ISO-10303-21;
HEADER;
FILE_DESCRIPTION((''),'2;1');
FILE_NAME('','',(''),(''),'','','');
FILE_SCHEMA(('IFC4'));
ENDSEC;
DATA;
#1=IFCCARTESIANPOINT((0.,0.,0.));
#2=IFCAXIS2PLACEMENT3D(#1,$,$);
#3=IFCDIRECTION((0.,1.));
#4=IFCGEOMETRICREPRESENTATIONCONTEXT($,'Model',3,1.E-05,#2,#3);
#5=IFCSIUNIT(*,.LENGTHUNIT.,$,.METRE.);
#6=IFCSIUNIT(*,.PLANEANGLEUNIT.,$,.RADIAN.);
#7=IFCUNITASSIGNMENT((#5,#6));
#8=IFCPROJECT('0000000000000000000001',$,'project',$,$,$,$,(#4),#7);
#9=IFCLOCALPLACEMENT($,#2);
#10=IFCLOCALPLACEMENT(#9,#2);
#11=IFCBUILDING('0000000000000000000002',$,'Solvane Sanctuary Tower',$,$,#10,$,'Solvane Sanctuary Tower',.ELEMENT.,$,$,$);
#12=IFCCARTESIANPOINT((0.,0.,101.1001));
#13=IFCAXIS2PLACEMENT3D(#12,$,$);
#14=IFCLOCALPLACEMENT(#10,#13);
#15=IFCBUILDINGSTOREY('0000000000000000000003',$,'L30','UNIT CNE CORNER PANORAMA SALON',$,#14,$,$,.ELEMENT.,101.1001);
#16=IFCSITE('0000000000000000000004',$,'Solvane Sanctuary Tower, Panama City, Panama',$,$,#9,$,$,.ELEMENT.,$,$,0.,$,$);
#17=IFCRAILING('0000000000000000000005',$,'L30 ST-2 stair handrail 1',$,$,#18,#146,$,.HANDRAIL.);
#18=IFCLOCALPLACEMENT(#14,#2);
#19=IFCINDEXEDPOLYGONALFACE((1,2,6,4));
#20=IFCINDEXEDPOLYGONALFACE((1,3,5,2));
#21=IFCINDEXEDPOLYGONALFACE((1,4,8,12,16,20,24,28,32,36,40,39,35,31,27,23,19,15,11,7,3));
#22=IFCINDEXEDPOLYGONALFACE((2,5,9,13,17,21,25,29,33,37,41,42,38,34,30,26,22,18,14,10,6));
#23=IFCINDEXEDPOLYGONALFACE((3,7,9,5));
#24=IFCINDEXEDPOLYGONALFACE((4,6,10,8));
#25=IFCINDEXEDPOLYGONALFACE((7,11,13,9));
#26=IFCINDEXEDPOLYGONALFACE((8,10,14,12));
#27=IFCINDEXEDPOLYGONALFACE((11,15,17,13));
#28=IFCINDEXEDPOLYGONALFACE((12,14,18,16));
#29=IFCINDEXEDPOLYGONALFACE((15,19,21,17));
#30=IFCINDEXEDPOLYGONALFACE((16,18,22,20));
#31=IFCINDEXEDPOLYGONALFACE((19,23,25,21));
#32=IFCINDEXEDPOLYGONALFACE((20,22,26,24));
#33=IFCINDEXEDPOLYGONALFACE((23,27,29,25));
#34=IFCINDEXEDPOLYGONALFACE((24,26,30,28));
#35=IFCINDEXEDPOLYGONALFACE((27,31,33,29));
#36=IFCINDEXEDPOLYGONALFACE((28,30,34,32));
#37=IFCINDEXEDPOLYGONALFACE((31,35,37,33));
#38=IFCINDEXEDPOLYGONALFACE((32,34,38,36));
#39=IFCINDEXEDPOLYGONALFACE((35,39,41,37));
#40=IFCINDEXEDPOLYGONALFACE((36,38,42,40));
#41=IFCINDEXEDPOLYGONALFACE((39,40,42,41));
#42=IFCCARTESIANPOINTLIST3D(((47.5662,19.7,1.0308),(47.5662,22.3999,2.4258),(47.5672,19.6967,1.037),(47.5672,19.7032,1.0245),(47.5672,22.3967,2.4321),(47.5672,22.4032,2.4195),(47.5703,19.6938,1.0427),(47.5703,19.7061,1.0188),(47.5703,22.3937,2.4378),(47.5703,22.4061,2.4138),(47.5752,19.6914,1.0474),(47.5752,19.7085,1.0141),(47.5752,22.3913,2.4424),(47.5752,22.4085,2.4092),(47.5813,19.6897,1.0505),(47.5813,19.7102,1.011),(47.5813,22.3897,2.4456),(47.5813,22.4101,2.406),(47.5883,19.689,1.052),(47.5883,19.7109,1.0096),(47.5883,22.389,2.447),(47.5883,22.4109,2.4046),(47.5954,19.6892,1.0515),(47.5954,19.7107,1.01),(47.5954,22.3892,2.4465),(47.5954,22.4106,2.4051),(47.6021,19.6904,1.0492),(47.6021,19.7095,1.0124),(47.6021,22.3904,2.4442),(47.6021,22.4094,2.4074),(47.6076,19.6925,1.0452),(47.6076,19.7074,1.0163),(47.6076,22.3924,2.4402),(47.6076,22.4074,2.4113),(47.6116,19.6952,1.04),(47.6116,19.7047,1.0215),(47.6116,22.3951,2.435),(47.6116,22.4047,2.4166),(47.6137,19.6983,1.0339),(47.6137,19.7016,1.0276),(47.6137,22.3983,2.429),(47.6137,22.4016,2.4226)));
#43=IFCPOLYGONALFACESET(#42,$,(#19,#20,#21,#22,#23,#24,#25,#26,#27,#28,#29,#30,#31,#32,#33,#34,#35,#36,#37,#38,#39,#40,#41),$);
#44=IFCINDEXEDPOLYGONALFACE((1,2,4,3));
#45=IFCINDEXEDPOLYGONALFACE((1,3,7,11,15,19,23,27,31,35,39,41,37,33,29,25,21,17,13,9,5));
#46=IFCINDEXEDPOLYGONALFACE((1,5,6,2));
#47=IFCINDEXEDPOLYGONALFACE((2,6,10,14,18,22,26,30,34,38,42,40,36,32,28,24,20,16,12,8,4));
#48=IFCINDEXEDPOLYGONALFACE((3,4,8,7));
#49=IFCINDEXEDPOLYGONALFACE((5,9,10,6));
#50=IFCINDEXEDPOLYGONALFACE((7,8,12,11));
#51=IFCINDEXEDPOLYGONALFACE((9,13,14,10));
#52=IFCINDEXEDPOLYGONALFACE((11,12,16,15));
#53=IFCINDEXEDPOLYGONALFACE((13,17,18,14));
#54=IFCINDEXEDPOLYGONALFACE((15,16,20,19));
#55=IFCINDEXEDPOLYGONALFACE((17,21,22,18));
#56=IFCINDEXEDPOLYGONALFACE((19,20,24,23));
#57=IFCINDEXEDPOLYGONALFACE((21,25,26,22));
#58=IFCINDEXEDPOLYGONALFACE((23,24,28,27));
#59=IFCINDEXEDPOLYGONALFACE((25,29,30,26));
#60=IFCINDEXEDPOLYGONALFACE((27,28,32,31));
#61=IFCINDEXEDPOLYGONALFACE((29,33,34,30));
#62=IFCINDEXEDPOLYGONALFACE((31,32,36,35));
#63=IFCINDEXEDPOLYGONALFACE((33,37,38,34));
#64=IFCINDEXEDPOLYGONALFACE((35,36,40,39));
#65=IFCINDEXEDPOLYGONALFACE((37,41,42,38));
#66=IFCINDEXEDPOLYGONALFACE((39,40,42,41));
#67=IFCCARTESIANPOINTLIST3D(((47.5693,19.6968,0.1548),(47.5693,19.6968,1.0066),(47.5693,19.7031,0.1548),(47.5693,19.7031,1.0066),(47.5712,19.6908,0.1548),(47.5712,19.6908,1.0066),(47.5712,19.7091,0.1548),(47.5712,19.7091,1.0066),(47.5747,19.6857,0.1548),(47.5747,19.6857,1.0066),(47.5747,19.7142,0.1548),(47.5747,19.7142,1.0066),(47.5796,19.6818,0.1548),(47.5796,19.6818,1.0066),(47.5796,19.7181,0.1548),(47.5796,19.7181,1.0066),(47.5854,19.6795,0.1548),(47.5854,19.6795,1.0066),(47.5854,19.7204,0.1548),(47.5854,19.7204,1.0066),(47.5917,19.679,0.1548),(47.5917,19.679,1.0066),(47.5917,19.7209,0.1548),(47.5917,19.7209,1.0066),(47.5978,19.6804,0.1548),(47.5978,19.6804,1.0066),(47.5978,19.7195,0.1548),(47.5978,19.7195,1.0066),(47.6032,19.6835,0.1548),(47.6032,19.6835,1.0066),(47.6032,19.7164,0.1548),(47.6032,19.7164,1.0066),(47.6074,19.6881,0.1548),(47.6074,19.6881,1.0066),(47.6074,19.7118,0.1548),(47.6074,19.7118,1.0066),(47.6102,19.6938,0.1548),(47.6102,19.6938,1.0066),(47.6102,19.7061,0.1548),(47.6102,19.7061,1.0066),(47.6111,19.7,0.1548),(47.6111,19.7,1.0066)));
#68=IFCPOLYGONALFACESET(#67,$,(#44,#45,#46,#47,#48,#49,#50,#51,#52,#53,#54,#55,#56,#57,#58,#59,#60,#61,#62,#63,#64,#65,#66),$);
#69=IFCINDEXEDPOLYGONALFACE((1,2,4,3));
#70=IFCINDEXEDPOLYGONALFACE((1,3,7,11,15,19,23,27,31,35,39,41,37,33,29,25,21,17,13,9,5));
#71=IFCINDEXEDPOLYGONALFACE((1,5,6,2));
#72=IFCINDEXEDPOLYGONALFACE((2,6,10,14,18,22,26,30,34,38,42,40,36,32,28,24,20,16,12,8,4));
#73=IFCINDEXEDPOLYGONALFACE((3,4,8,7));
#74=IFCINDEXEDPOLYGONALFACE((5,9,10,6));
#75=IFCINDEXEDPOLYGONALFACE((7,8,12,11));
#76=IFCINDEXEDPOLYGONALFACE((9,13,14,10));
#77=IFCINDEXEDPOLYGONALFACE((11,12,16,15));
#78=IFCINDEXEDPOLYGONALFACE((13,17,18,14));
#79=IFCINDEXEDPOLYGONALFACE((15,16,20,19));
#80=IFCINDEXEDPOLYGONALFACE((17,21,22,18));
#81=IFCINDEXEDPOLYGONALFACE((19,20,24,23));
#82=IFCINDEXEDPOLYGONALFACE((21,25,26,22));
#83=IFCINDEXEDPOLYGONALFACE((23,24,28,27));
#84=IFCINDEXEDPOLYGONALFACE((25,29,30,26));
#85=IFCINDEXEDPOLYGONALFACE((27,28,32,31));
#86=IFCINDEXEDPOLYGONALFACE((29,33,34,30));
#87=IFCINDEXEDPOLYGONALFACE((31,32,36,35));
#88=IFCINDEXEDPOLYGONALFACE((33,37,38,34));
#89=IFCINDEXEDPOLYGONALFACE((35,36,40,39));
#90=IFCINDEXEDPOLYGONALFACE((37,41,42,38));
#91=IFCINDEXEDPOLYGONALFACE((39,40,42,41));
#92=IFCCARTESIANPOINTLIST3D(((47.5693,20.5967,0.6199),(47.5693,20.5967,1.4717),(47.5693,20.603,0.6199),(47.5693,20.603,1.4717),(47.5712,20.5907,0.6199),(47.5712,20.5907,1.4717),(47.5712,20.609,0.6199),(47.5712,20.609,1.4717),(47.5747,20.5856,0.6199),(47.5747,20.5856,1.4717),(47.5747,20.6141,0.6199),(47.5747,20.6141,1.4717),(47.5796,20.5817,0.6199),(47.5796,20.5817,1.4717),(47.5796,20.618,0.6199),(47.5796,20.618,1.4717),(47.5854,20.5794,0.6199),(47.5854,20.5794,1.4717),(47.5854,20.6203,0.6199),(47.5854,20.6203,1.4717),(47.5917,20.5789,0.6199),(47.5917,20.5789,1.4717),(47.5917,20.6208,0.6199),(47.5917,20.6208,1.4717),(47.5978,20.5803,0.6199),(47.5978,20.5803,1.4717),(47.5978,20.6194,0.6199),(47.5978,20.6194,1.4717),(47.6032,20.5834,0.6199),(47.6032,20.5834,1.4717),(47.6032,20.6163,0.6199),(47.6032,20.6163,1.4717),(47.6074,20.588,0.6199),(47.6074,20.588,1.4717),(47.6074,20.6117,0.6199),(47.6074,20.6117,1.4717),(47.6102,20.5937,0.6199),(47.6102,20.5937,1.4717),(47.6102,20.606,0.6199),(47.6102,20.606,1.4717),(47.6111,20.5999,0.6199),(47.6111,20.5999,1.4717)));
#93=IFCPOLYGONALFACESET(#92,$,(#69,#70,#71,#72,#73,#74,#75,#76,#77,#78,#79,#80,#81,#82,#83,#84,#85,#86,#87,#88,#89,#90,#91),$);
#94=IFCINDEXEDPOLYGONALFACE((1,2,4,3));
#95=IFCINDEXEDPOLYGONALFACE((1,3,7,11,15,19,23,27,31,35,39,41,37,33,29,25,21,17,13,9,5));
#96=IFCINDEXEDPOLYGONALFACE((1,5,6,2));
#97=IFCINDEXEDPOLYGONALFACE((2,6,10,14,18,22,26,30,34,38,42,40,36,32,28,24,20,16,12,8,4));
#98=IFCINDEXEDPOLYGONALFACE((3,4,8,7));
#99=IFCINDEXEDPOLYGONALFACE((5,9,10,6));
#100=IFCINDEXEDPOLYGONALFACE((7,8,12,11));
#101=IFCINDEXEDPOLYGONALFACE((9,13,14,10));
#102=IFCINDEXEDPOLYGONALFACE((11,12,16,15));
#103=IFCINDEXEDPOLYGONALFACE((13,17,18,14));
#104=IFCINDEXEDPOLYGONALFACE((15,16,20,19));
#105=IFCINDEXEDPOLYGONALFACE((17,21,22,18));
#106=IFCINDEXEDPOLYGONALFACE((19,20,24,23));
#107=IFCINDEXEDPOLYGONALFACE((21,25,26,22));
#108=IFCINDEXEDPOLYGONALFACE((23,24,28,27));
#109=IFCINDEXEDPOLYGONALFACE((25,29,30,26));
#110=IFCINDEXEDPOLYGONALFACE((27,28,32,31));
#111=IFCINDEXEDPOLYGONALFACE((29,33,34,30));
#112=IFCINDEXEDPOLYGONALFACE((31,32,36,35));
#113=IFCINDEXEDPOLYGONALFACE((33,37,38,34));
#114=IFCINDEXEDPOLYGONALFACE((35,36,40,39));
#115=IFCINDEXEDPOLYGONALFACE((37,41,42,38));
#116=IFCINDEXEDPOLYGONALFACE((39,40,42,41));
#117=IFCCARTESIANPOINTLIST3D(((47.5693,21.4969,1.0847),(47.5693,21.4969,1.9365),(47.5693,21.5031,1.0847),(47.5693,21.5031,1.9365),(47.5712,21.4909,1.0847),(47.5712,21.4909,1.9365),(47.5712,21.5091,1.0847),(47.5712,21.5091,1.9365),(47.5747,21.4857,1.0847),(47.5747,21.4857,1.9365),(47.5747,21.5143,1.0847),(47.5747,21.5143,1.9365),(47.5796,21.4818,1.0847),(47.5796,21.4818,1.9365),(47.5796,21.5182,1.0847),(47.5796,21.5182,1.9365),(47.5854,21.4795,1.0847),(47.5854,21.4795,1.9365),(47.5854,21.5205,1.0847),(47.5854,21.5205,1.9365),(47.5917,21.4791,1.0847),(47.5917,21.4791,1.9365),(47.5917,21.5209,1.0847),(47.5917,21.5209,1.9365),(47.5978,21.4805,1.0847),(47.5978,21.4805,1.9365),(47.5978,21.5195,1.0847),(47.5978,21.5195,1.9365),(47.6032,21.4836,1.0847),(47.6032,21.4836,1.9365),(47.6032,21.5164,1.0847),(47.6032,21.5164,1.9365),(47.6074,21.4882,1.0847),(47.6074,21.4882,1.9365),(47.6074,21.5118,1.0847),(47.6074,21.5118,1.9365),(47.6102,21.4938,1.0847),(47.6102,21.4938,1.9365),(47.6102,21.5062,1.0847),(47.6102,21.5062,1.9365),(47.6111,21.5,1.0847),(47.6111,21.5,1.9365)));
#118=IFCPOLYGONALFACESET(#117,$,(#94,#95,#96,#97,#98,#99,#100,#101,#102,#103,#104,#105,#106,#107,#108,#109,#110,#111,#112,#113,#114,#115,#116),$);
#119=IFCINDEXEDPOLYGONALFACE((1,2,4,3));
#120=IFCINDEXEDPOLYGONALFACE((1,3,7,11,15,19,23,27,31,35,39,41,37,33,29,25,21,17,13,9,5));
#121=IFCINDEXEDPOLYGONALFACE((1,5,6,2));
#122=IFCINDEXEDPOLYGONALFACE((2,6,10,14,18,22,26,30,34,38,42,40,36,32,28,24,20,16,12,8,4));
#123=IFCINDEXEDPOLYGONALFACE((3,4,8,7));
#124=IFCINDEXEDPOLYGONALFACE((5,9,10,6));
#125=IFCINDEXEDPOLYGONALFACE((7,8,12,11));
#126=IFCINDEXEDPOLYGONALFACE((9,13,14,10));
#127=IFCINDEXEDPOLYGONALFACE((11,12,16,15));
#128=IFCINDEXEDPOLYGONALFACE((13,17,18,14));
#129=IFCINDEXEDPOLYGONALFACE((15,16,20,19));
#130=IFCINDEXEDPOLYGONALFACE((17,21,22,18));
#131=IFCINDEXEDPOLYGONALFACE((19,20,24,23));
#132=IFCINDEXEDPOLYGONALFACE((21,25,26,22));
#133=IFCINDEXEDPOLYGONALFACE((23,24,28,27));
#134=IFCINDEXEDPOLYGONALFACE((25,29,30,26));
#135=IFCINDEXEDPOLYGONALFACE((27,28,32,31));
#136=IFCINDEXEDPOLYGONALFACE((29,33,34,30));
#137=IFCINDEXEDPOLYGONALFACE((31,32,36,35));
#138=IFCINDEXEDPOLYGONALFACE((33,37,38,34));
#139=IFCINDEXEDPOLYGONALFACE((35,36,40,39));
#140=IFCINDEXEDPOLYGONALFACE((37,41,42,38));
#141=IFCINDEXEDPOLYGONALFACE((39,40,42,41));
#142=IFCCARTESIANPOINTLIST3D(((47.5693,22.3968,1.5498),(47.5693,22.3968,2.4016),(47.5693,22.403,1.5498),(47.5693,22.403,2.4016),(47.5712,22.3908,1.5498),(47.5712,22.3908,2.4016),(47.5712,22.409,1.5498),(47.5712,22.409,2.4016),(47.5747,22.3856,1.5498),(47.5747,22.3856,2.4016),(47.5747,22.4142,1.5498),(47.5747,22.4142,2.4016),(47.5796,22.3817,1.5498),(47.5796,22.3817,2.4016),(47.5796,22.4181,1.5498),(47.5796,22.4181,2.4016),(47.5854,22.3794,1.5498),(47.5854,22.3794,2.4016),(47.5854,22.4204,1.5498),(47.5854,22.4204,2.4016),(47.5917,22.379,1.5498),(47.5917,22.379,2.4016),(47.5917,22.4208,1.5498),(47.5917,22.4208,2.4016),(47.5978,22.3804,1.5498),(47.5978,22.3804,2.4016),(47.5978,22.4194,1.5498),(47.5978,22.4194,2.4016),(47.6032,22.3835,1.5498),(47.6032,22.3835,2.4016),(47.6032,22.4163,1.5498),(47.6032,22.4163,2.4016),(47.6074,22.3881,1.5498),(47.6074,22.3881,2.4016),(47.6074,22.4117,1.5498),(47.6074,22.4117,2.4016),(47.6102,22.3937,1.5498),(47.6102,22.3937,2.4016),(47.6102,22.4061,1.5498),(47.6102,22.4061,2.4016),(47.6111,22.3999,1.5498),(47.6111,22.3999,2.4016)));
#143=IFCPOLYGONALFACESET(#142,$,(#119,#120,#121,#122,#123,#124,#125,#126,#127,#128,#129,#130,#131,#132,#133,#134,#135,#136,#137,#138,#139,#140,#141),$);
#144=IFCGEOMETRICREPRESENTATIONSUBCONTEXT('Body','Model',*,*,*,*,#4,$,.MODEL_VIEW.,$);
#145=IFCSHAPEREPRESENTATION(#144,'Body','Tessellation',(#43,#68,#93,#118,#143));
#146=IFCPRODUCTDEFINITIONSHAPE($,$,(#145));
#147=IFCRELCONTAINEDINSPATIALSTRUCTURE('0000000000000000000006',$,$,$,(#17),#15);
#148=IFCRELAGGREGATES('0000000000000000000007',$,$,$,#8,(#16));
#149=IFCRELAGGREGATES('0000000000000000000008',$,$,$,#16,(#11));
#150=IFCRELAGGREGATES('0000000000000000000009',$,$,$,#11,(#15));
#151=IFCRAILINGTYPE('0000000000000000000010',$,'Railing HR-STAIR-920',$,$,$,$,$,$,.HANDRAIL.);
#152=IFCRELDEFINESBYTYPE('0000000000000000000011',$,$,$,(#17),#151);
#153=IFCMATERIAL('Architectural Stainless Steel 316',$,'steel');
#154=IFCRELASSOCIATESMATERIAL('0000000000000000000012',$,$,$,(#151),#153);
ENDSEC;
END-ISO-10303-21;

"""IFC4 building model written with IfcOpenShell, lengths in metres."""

from ifc_helpers import new_model, si_unit, direction, frame, origin, origin_2d, place, context, subcontext, project, spatial, circle, extrude, material, type_object, element, save


model = new_model("IFC4")

# Units and contexts
model_context = context("Model", 3, precision=1e-05, world=origin(), true_north=direction((0.0, 1.0)))
body_context = subcontext(model_context, "Body", "Model", "MODEL_VIEW")
ifc_project = project(units=[si_unit("LENGTHUNIT", "METRE"), si_unit("PLANEANGLEUNIT", "RADIAN")], contexts=[model_context])

# Site, building, storey
site_placement = place(None, origin())
site = spatial("IfcSite", under=ifc_project, at=site_placement, Name="Solvane Sanctuary Tower, Panama City, Panama", CompositionType="ELEMENT", RefElevation=0.0)
building_placement = place(site_placement, origin())
building = spatial("IfcBuilding", under=site, at=building_placement, Name="Solvane Sanctuary Tower", LongName="Solvane Sanctuary Tower", CompositionType="ELEMENT")
storey_placement = place(building_placement, frame((0.0, 0.0, 101.1001)))
storey = spatial("IfcBuildingStorey", under=building, at=storey_placement, Name="L30", Description="UNIT CNE CORNER PANORAMA SALON", CompositionType="ELEMENT", Elevation=101.1001)

# Shared definitions
ifc_material_1 = material(Name="Architectural Stainless Steel 316", Category="steel")

# Railing
railing_type_1 = type_object("IfcRailingType", Name="Railing HR-STAIR-920", PredefinedType="HANDRAIL", material=ifc_material_1)
railing_1_placement = place(storey_placement, frame((47.5901, 19.7, 0.1548)))
element("IfcRailing", 1, at=railing_1_placement, inside=storey, type_object=railing_type_1, Name="L30 ST-2 stair handrail 1", PredefinedType="HANDRAIL", context=body_context, shape_type="SweptSolid", body=[
    extrude(circle(Radius=0.0239, at=origin_2d()), frame((0.0, 0.0, 0.876), z_axis=(0.0, 0.88842, 0.459032), x_axis=(-1.0, 0.0, 0.0)), (0.0, 0.0, 1.0), 3.0391),
    extrude(circle(Radius=0.021, at=origin_2d()), origin(), (0.0, 0.0, 1.0), 0.8518),
    extrude(circle(Radius=0.021, at=origin_2d()), frame((0.0, 0.8999, 0.4651)), (0.0, 0.0, 1.0), 0.8518),
    extrude(circle(Radius=0.021, at=origin_2d()), frame((0.0, 1.8, 0.9299)), (0.0, 0.0, 1.0), 0.8518),
    extrude(circle(Radius=0.021, at=origin_2d()), frame((0.0, 2.7, 1.395)), (0.0, 0.0, 1.0), 0.8518),
])

save(model, "model.ifc")
